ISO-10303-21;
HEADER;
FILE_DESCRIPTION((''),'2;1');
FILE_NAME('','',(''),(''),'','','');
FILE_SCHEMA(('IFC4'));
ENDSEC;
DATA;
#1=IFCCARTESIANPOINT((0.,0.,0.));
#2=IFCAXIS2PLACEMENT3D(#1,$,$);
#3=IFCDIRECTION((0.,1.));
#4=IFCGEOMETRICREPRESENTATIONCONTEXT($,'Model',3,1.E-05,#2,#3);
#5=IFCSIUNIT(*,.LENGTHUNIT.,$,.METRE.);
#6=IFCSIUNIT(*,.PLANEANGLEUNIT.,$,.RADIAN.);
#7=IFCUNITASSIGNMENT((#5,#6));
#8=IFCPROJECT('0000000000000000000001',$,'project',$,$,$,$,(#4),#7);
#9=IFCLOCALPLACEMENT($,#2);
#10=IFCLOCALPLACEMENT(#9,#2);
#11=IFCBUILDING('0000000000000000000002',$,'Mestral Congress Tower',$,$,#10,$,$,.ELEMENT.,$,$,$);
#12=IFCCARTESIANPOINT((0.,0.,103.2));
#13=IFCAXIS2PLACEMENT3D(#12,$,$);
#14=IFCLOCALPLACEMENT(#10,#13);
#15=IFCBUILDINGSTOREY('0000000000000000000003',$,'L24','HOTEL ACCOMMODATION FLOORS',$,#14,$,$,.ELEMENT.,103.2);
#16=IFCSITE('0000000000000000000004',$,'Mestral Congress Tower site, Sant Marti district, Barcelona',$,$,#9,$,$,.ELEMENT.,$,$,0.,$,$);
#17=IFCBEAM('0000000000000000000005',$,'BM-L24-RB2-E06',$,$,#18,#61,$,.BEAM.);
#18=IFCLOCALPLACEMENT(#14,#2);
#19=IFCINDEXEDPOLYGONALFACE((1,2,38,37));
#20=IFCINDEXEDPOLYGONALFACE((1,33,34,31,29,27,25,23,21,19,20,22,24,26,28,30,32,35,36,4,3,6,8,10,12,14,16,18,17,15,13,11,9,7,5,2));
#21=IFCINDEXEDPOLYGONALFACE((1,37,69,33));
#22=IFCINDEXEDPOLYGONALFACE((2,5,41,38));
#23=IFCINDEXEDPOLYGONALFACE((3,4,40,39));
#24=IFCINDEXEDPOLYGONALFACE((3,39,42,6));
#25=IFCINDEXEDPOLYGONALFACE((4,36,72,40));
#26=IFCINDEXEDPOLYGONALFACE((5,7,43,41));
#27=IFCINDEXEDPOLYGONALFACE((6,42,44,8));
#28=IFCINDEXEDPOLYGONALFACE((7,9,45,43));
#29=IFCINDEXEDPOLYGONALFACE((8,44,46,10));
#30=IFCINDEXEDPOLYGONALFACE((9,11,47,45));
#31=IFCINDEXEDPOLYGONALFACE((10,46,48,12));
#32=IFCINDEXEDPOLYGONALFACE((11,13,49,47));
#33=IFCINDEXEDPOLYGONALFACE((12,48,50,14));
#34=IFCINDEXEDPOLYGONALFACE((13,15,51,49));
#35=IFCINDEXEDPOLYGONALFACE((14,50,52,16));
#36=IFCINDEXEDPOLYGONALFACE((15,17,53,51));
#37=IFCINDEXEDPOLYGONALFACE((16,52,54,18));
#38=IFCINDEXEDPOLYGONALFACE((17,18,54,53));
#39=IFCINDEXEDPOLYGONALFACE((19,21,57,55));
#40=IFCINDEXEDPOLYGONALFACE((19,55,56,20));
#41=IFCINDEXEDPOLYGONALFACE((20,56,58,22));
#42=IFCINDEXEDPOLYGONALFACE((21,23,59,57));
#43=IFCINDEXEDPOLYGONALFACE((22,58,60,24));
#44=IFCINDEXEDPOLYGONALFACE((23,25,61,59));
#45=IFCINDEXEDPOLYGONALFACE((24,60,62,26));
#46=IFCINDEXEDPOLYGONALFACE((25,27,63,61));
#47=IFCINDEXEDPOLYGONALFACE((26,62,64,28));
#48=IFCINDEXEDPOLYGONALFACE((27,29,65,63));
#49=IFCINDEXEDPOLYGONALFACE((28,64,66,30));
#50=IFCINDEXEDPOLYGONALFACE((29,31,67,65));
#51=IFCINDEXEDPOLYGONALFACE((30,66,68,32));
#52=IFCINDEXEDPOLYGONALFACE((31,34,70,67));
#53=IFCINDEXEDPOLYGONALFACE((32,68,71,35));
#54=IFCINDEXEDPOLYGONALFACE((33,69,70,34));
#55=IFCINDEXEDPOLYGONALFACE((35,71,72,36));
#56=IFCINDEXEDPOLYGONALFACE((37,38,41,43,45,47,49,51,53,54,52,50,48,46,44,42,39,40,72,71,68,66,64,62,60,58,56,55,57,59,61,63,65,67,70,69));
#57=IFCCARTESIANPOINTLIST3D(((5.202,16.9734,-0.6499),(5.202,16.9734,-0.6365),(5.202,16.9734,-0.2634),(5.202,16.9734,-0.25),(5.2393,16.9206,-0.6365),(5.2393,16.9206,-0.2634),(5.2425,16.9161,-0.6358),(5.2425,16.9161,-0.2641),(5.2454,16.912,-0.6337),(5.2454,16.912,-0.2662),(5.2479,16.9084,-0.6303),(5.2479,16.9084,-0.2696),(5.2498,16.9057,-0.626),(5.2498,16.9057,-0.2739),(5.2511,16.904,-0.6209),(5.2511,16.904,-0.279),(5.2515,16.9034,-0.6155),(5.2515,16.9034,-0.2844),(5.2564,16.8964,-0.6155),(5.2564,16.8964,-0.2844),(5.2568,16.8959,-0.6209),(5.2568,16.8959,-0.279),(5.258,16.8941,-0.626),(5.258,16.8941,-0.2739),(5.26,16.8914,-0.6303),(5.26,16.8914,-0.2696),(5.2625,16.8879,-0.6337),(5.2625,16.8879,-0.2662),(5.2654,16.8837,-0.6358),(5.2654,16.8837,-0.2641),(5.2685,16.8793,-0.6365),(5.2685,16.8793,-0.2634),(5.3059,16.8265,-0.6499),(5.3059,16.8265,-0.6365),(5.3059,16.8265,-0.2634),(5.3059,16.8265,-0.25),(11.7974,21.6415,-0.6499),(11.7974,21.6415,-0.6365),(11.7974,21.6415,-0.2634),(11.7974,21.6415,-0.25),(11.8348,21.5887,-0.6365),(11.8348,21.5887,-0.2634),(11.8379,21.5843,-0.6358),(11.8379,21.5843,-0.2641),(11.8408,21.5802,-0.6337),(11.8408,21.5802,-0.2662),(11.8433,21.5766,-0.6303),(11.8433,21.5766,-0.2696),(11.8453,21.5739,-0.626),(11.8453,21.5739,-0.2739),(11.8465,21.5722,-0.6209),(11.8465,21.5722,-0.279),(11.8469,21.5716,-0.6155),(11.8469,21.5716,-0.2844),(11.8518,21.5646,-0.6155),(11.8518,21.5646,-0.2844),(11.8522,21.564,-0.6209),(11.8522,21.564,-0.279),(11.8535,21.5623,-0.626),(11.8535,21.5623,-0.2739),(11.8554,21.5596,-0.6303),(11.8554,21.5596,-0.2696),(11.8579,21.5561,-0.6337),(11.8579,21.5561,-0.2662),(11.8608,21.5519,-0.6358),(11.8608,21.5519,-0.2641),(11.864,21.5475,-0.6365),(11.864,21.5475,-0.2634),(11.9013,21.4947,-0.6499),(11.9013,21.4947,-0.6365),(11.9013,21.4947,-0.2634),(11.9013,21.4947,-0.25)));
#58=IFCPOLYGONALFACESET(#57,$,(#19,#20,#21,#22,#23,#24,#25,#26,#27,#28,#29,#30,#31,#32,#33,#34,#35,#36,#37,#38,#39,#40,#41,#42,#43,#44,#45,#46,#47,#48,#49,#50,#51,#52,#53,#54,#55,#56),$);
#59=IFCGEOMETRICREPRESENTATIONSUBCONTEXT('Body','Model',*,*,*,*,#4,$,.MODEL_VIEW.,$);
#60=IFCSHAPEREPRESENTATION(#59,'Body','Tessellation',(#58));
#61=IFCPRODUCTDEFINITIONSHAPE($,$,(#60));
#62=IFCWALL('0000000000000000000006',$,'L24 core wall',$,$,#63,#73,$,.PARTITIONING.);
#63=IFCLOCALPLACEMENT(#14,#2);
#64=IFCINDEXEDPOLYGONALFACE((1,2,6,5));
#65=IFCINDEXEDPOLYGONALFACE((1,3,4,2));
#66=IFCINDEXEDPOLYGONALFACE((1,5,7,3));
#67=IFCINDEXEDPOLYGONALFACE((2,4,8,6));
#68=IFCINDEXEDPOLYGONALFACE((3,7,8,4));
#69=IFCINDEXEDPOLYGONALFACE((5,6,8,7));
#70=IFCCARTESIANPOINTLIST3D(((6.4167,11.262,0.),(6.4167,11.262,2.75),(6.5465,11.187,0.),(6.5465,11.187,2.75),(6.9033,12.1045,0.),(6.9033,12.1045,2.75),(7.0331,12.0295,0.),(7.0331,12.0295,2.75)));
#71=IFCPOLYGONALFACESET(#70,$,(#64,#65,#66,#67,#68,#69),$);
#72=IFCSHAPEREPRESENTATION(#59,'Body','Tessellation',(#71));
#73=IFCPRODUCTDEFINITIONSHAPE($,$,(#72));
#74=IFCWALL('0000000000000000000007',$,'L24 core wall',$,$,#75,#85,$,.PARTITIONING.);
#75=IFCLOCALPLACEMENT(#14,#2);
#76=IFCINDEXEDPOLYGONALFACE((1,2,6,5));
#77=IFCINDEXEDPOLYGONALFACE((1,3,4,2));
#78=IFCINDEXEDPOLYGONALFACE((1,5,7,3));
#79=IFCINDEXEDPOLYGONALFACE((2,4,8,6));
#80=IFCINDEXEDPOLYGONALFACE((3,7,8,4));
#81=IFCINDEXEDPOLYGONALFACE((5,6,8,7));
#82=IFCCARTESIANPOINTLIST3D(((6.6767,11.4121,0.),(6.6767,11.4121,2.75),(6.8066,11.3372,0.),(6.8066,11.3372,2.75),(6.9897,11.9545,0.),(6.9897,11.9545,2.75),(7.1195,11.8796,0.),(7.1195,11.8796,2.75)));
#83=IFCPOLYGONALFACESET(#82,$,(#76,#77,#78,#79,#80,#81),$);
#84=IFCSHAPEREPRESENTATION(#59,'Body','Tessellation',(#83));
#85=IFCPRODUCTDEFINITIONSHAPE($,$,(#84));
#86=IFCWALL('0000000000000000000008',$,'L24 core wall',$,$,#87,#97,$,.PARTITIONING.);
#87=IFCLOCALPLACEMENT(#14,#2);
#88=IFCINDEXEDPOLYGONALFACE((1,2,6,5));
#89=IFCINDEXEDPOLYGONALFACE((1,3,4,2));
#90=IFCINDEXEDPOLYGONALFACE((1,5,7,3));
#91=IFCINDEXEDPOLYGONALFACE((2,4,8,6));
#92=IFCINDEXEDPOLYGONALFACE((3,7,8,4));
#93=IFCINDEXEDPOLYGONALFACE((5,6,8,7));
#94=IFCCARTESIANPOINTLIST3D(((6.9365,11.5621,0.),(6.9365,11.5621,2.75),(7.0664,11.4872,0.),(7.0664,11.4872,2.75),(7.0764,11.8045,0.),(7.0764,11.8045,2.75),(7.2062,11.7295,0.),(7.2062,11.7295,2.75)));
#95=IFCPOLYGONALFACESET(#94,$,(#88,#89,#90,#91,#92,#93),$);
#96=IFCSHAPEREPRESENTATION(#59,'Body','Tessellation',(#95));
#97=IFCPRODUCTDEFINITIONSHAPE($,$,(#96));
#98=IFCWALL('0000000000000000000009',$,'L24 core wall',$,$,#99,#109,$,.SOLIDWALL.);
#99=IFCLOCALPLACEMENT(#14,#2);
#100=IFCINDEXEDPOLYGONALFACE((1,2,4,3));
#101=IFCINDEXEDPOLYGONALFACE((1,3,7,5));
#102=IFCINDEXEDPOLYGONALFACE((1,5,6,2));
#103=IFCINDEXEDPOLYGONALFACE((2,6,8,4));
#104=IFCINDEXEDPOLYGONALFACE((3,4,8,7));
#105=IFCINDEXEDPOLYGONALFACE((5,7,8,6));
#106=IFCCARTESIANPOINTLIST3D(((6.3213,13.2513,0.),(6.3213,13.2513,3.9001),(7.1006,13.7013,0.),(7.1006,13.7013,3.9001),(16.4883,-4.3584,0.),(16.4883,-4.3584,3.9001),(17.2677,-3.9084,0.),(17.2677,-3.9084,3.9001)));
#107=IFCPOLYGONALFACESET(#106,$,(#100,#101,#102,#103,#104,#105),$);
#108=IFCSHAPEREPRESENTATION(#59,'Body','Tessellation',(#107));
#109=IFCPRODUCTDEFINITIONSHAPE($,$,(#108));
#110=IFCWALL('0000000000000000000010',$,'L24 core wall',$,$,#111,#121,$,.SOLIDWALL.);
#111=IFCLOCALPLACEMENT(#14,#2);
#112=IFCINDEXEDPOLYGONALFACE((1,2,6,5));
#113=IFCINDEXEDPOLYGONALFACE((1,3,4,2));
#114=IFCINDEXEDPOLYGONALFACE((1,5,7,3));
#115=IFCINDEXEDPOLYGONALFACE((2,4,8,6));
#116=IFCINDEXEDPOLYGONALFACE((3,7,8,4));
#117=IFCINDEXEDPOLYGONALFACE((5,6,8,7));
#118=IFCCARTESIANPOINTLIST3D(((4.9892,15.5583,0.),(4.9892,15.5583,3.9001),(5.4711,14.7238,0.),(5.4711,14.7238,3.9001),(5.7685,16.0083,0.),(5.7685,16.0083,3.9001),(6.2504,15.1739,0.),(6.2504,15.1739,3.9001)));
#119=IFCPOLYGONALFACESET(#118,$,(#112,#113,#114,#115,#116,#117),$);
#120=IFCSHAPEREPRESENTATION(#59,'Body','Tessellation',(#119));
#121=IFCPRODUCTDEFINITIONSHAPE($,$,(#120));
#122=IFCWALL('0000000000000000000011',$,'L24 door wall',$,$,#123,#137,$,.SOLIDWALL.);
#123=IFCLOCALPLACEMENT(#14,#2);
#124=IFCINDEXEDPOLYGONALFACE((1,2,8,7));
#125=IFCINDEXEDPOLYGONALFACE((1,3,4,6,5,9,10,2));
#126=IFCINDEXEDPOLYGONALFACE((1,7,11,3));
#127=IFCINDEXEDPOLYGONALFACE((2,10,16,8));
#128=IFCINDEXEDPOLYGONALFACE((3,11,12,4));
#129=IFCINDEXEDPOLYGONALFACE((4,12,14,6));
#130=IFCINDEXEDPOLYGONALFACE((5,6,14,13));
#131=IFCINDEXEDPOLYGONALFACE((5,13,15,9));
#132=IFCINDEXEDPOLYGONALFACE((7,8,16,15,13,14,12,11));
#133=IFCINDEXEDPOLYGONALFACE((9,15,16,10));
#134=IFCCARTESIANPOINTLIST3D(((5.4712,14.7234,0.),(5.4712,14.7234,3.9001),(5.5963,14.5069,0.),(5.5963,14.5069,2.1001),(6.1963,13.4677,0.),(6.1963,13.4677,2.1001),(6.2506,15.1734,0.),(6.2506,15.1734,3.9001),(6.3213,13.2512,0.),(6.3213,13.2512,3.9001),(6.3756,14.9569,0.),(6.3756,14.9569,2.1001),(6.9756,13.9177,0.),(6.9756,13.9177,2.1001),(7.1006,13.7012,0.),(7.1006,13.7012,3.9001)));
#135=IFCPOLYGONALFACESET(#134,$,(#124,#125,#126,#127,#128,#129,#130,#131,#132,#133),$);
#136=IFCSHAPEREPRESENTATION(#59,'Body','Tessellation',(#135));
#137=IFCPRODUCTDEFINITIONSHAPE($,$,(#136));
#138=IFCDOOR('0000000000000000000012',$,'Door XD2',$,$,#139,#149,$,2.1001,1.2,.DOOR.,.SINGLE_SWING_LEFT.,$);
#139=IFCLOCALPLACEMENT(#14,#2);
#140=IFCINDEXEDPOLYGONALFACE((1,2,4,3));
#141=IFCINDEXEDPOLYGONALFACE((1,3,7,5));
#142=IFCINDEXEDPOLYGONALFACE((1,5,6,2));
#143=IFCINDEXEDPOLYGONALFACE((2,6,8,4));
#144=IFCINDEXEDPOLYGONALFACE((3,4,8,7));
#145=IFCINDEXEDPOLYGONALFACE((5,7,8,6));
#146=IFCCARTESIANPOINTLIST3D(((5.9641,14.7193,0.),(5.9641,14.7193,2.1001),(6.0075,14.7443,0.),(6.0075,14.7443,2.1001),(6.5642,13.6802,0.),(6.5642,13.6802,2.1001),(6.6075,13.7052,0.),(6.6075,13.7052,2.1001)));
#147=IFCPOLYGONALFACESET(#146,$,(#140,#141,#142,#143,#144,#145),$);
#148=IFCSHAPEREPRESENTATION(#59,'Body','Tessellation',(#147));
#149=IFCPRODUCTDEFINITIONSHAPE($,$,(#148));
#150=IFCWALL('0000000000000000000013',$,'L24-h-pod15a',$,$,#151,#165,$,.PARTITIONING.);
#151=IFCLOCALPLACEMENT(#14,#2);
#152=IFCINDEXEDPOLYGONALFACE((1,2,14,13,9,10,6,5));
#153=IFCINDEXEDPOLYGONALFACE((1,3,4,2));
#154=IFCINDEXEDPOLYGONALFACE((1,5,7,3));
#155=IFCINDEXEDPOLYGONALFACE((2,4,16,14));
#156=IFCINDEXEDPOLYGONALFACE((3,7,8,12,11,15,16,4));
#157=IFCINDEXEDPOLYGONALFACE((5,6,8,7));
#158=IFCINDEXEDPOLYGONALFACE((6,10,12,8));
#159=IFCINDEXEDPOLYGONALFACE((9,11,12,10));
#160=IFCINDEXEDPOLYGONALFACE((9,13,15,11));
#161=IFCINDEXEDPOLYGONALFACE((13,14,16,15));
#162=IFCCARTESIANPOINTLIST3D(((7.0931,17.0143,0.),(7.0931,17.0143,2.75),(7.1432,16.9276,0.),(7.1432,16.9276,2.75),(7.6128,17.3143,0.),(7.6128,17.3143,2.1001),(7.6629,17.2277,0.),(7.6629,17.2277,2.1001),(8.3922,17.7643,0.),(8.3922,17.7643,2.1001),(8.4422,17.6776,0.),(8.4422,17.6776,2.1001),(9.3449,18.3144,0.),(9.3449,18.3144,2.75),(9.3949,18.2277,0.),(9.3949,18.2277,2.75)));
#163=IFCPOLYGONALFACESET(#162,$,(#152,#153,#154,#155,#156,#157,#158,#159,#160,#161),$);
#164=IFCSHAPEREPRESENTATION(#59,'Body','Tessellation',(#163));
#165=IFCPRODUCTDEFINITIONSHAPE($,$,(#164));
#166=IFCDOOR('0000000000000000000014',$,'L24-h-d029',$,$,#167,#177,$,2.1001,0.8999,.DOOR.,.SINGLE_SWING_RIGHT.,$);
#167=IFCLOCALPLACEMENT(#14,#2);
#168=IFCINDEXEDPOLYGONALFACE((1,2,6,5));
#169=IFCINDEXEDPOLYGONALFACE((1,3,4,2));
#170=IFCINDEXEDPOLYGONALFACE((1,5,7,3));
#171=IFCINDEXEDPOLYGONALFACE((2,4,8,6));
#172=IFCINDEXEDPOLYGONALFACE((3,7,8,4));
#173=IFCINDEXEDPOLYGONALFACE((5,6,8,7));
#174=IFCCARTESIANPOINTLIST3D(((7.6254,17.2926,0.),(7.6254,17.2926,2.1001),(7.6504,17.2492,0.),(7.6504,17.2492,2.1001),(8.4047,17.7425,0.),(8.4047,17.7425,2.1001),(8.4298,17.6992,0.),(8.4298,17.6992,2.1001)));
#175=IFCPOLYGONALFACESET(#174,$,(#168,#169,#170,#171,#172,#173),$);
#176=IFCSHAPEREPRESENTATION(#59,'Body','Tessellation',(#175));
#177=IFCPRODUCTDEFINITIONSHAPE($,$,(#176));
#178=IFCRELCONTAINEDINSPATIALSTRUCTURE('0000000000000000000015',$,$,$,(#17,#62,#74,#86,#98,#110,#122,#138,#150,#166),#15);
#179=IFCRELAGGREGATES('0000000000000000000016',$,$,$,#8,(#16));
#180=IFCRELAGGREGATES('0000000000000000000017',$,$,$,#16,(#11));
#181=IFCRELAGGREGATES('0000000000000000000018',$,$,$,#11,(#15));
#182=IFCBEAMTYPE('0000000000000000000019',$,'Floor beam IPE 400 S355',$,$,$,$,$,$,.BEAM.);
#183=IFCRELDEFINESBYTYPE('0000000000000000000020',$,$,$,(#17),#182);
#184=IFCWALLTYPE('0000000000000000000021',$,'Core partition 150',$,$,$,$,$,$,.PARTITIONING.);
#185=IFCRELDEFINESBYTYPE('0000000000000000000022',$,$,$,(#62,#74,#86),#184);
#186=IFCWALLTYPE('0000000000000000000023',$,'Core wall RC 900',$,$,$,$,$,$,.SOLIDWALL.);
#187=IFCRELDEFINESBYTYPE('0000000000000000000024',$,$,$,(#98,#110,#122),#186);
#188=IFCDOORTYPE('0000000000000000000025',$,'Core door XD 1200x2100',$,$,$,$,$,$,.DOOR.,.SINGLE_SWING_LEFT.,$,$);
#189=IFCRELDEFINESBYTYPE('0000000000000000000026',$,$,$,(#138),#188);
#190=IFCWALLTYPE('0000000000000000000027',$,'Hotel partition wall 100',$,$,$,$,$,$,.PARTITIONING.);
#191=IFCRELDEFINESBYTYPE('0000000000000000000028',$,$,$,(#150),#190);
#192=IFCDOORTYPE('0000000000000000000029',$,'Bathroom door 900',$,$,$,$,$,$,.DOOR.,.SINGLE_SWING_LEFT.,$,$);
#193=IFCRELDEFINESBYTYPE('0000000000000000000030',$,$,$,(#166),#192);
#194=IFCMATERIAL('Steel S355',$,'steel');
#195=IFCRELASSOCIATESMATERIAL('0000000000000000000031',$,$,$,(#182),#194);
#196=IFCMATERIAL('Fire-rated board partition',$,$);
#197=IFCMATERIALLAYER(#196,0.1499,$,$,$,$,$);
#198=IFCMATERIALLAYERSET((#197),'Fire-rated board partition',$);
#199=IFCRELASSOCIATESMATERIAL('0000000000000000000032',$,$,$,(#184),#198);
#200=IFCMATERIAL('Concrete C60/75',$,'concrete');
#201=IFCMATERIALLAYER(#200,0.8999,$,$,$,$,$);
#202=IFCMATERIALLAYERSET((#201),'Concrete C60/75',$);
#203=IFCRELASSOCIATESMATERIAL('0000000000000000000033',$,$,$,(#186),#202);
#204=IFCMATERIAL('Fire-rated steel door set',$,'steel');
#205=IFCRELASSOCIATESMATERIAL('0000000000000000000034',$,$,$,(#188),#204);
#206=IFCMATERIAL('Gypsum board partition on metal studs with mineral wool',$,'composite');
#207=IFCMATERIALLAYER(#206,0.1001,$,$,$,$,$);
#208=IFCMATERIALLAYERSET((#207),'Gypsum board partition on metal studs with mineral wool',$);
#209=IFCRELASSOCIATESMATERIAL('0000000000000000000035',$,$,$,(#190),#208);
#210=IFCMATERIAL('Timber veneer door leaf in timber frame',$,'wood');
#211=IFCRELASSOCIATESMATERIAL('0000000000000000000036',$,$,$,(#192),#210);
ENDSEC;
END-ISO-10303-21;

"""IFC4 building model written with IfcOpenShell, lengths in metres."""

from ifc_helpers import new_model, si_unit, direction, frame, frame_2d, origin, origin_2d, place, context, subcontext, project, spatial, rectangle, i_section, extrude, material, layer, layer_set, material_profile, profile_set, type_object, element, fill, save


model = new_model("IFC4")

# Units and contexts
model_context = context("Model", 3, precision=1e-05, world=origin(), true_north=direction((0.0, 1.0)))
body_context = subcontext(model_context, "Body", "Model", "MODEL_VIEW")
ifc_project = project(units=[si_unit("LENGTHUNIT", "METRE"), si_unit("PLANEANGLEUNIT", "RADIAN")], contexts=[model_context])

# Site, building, storey
site_placement = place(None, origin())
site = spatial("IfcSite", under=ifc_project, at=site_placement, Name="Mestral Congress Tower site, Sant Marti district, Barcelona", CompositionType="ELEMENT", RefElevation=0.0)
building_placement = place(site_placement, origin())
building = spatial("IfcBuilding", under=site, at=building_placement, Name="Mestral Congress Tower", CompositionType="ELEMENT")
storey_placement = place(building_placement, frame((0.0, 0.0, 103.2)))
storey = spatial("IfcBuildingStorey", under=building, at=storey_placement, Name="L24", Description="HOTEL ACCOMMODATION FLOORS", CompositionType="ELEMENT", Elevation=103.2)

# Beam
ifc_material_1 = material(Name="Steel S355", Category="steel")
ifc_material_profile = material_profile(ifc_material_1, i_section(OverallWidth=0.1799, OverallDepth=0.3999, WebThickness=0.0085, FlangeThickness=0.0134, FilletRadius=0.021, at=origin_2d()), Name="IPE 400")
ifc_profile_set = profile_set([ifc_material_profile], Name="Steel S355")
beam_type = type_object("IfcBeamType", Name="Floor beam IPE 400 S355", PredefinedType="BEAM", material=ifc_profile_set)
beam_placement = place(storey_placement, frame((11.8494, 21.5681, -0.45), z_axis=(-0.816233, -0.577723, 0.0), x_axis=(0.577723, -0.816233, 0.0)))
element("IfcBeam", 1, at=beam_placement, inside=storey, type_object=beam_type, Name="BM-L24-RB2-E06", PredefinedType="BEAM", context=body_context, shape_type="SweptSolid", body=[
    extrude(i_section(OverallWidth=0.1799, OverallDepth=0.3999, WebThickness=0.0085, FlangeThickness=0.0134, FilletRadius=0.021, at=origin_2d()), origin(), (0.0, 0.0, 1.0), 8.0803),
])

# Walls
ifc_material_2 = material(Name="Fire-rated board partition")
ifc_layer_1 = layer(ifc_material_2, 0.1499)
ifc_layer_set_1 = layer_set([ifc_layer_1], Name="Fire-rated board partition")
wall_type_1 = type_object("IfcWallType", Name="Core partition 150", PredefinedType="PARTITIONING", material=ifc_layer_set_1)
wall_1_placement = place(storey_placement, frame((6.4817, 11.2246, 0.0), z_axis=(0.0, 0.0, 1.0), x_axis=(0.500106, 0.865964, 0.0)))
element("IfcWall", 2, at=wall_1_placement, inside=storey, type_object=wall_type_1, Name="L24 core wall", PredefinedType="PARTITIONING", context=body_context, shape_type="SweptSolid", body=[
    extrude(rectangle(XDim=0.9729, YDim=0.1499, at=frame_2d((0.4863, 0.0))), origin(), (0.0, 0.0, 1.0), 2.75),
])
wall_2_placement = place(storey_placement, frame((6.7417, 11.3748, 0.0), z_axis=(0.0, 0.0, 1.0), x_axis=(0.499745, 0.866173, 0.0)))
element("IfcWall", 3, at=wall_2_placement, inside=storey, type_object=wall_type_1, Name="L24 core wall", PredefinedType="PARTITIONING", context=body_context, shape_type="SweptSolid", body=[
    extrude(rectangle(XDim=0.6262, YDim=0.1499, at=frame_2d((0.313, 0.0))), origin(), (0.0, 0.0, 1.0), 2.75),
])
wall_3_placement = place(storey_placement, frame((7.0015, 11.5247, 0.0), z_axis=(0.0, 0.0, 1.0), x_axis=(0.499798, 0.866142, 0.0)))
element("IfcWall", 4, at=wall_3_placement, inside=storey, type_object=wall_type_1, Name="L24 core wall", PredefinedType="PARTITIONING", context=body_context, shape_type="SweptSolid", body=[
    extrude(rectangle(XDim=0.2798, YDim=0.1499, at=frame_2d((0.1399, 0.0))), origin(), (0.0, 0.0, 1.0), 2.75),
])
ifc_material_3 = material(Name="Concrete C60/75", Category="concrete")
ifc_layer_2 = layer(ifc_material_3, 0.8999)
ifc_layer_set_2 = layer_set([ifc_layer_2], Name="Concrete C60/75")
wall_type_2 = type_object("IfcWallType", Name="Core wall RC 900", PredefinedType="SOLIDWALL", material=ifc_layer_set_2)
wall_4_placement = place(storey_placement, frame((6.7109, 13.4763, 0.0), z_axis=(0.0, 0.0, 1.0), x_axis=(0.500003, -0.866024, 0.0)))
element("IfcWall", 5, at=wall_4_placement, inside=storey, type_object=wall_type_2, Name="L24 core wall", PredefinedType="SOLIDWALL", context=body_context, shape_type="SweptSolid", body=[
    extrude(rectangle(XDim=20.334, YDim=0.8999, at=frame_2d((10.167, 0.0))), origin(), (0.0, 0.0, 1.0), 3.9001),
])
wall_5_placement = place(storey_placement, frame((5.8608, 14.9487, 0.0), z_axis=(0.0, 0.0, 1.0), x_axis=(-0.500117, 0.865958, 0.0)))
element("IfcWall", 6, at=wall_5_placement, inside=storey, type_object=wall_type_2, Name="L24 core wall", PredefinedType="SOLIDWALL", context=body_context, shape_type="SweptSolid", body=[
    extrude(rectangle(XDim=0.9636, YDim=0.8999, at=frame_2d((0.4819, 0.0))), origin(), (0.0, 0.0, 1.0), 3.9001),
])

# Walls, openings, doors
wall_6_placement = place(storey_placement, frame((5.8608, 14.9485, 0.0), z_axis=(0.0, 0.0, 1.0), x_axis=(0.500062, -0.865989, 0.0)))
wall_6 = element("IfcWall", 7, at=wall_6_placement, inside=storey, type_object=wall_type_2, Name="L24 door wall", PredefinedType="SOLIDWALL", context=body_context, shape_type="SweptSolid", body=[
    extrude(rectangle(XDim=1.7, YDim=0.8999, at=frame_2d((0.8501, 0.0))), origin(), (0.0, 0.0, 1.0), 3.9001),
])
opening_1_placement = place(wall_6_placement, frame((0.25, 0.0, 0.0)))
opening_1 = element("IfcOpeningElement", 8, at=opening_1_placement, cuts=wall_6, PredefinedType="OPENING", context=body_context, shape_type="SweptSolid", body=[
    extrude(rectangle(XDim=1.2, YDim=2.1001, at=frame_2d((0.6001, 1.05))), frame((0.0, 0.46, 0.0), z_axis=(0.0, -1.0, 0.0), x_axis=(1.0, 0.0, 0.0)), (0.0, 0.0, 1.0), 0.9199),
])
ifc_material_4 = material(Name="Fire-rated steel door set", Category="steel")
door_type_1 = type_object("IfcDoorType", Name="Core door XD 1200x2100", OperationType="SINGLE_SWING_LEFT", PredefinedType="DOOR", material=ifc_material_4)
door_1_placement = place(opening_1_placement, origin())
door_1 = element("IfcDoor", 9, at=door_1_placement, inside=storey, type_object=door_type_1, Name="Door XD2", OperationType="SINGLE_SWING_LEFT", OverallHeight=2.1001, OverallWidth=1.2, PredefinedType="DOOR", context=body_context, shape_type="SweptSolid", body=[
    extrude(rectangle(XDim=1.2, YDim=2.1001, at=frame_2d((0.6001, 1.05))), frame((0.0, 0.0249, 0.0), z_axis=(0.0, -1.0, 0.0), x_axis=(1.0, 0.0, 0.0)), (0.0, 0.0, 1.0), 0.05),
])
fill(opening_1, door_1)
ifc_material_5 = material(Name="Gypsum board partition on metal studs with mineral wool", Category="composite")
ifc_layer_3 = layer(ifc_material_5, 0.1001)
ifc_layer_set_3 = layer_set([ifc_layer_3], Name="Gypsum board partition on metal studs with mineral wool")
wall_type_3 = type_object("IfcWallType", Name="Hotel partition wall 100", PredefinedType="PARTITIONING", material=ifc_layer_set_3)
wall_7_placement = place(storey_placement, frame((7.1182, 16.9709, 0.0), z_axis=(0.0, 0.0, 1.0), x_axis=(0.866021, 0.500007, 0.0)))
wall_7 = element("IfcWall", 10, at=wall_7_placement, inside=storey, type_object=wall_type_3, Name="L24-h-pod15a", PredefinedType="PARTITIONING", context=body_context, shape_type="SweptSolid", body=[
    extrude(rectangle(XDim=2.6001, YDim=0.1001, at=frame_2d((1.3, 0.0))), origin(), (0.0, 0.0, 1.0), 2.75),
])
opening_2_placement = place(wall_7_placement, frame((0.6001, 0.0, 0.0)))
opening_2 = element("IfcOpeningElement", 11, at=opening_2_placement, cuts=wall_7, PredefinedType="OPENING", context=body_context, shape_type="SweptSolid", body=[
    extrude(rectangle(XDim=0.8999, YDim=2.1001, at=frame_2d((0.45, 1.05))), frame((0.0, 0.0601, 0.0), z_axis=(0.0, -1.0, 0.0), x_axis=(1.0, 0.0, 0.0)), (0.0, 0.0, 1.0), 0.1201),
])
ifc_material_6 = material(Name="Timber veneer door leaf in timber frame", Category="wood")
door_type_2 = type_object("IfcDoorType", Name="Bathroom door 900", OperationType="SINGLE_SWING_LEFT", PredefinedType="DOOR", material=ifc_material_6)
door_2_placement = place(opening_2_placement, origin())
door_2 = element("IfcDoor", 12, at=door_2_placement, inside=storey, type_object=door_type_2, Name="L24-h-d029", OperationType="SINGLE_SWING_RIGHT", OverallHeight=2.1001, OverallWidth=0.8999, PredefinedType="DOOR", context=body_context, shape_type="SweptSolid", body=[
    extrude(rectangle(XDim=0.8999, YDim=2.1001, at=frame_2d((0.45, 1.05))), frame((0.0, 0.0249, 0.0), z_axis=(0.0, -1.0, 0.0), x_axis=(1.0, 0.0, 0.0)), (0.0, 0.0, 1.0), 0.05),
])
fill(opening_2, door_2)

save(model, "model.ifc")
